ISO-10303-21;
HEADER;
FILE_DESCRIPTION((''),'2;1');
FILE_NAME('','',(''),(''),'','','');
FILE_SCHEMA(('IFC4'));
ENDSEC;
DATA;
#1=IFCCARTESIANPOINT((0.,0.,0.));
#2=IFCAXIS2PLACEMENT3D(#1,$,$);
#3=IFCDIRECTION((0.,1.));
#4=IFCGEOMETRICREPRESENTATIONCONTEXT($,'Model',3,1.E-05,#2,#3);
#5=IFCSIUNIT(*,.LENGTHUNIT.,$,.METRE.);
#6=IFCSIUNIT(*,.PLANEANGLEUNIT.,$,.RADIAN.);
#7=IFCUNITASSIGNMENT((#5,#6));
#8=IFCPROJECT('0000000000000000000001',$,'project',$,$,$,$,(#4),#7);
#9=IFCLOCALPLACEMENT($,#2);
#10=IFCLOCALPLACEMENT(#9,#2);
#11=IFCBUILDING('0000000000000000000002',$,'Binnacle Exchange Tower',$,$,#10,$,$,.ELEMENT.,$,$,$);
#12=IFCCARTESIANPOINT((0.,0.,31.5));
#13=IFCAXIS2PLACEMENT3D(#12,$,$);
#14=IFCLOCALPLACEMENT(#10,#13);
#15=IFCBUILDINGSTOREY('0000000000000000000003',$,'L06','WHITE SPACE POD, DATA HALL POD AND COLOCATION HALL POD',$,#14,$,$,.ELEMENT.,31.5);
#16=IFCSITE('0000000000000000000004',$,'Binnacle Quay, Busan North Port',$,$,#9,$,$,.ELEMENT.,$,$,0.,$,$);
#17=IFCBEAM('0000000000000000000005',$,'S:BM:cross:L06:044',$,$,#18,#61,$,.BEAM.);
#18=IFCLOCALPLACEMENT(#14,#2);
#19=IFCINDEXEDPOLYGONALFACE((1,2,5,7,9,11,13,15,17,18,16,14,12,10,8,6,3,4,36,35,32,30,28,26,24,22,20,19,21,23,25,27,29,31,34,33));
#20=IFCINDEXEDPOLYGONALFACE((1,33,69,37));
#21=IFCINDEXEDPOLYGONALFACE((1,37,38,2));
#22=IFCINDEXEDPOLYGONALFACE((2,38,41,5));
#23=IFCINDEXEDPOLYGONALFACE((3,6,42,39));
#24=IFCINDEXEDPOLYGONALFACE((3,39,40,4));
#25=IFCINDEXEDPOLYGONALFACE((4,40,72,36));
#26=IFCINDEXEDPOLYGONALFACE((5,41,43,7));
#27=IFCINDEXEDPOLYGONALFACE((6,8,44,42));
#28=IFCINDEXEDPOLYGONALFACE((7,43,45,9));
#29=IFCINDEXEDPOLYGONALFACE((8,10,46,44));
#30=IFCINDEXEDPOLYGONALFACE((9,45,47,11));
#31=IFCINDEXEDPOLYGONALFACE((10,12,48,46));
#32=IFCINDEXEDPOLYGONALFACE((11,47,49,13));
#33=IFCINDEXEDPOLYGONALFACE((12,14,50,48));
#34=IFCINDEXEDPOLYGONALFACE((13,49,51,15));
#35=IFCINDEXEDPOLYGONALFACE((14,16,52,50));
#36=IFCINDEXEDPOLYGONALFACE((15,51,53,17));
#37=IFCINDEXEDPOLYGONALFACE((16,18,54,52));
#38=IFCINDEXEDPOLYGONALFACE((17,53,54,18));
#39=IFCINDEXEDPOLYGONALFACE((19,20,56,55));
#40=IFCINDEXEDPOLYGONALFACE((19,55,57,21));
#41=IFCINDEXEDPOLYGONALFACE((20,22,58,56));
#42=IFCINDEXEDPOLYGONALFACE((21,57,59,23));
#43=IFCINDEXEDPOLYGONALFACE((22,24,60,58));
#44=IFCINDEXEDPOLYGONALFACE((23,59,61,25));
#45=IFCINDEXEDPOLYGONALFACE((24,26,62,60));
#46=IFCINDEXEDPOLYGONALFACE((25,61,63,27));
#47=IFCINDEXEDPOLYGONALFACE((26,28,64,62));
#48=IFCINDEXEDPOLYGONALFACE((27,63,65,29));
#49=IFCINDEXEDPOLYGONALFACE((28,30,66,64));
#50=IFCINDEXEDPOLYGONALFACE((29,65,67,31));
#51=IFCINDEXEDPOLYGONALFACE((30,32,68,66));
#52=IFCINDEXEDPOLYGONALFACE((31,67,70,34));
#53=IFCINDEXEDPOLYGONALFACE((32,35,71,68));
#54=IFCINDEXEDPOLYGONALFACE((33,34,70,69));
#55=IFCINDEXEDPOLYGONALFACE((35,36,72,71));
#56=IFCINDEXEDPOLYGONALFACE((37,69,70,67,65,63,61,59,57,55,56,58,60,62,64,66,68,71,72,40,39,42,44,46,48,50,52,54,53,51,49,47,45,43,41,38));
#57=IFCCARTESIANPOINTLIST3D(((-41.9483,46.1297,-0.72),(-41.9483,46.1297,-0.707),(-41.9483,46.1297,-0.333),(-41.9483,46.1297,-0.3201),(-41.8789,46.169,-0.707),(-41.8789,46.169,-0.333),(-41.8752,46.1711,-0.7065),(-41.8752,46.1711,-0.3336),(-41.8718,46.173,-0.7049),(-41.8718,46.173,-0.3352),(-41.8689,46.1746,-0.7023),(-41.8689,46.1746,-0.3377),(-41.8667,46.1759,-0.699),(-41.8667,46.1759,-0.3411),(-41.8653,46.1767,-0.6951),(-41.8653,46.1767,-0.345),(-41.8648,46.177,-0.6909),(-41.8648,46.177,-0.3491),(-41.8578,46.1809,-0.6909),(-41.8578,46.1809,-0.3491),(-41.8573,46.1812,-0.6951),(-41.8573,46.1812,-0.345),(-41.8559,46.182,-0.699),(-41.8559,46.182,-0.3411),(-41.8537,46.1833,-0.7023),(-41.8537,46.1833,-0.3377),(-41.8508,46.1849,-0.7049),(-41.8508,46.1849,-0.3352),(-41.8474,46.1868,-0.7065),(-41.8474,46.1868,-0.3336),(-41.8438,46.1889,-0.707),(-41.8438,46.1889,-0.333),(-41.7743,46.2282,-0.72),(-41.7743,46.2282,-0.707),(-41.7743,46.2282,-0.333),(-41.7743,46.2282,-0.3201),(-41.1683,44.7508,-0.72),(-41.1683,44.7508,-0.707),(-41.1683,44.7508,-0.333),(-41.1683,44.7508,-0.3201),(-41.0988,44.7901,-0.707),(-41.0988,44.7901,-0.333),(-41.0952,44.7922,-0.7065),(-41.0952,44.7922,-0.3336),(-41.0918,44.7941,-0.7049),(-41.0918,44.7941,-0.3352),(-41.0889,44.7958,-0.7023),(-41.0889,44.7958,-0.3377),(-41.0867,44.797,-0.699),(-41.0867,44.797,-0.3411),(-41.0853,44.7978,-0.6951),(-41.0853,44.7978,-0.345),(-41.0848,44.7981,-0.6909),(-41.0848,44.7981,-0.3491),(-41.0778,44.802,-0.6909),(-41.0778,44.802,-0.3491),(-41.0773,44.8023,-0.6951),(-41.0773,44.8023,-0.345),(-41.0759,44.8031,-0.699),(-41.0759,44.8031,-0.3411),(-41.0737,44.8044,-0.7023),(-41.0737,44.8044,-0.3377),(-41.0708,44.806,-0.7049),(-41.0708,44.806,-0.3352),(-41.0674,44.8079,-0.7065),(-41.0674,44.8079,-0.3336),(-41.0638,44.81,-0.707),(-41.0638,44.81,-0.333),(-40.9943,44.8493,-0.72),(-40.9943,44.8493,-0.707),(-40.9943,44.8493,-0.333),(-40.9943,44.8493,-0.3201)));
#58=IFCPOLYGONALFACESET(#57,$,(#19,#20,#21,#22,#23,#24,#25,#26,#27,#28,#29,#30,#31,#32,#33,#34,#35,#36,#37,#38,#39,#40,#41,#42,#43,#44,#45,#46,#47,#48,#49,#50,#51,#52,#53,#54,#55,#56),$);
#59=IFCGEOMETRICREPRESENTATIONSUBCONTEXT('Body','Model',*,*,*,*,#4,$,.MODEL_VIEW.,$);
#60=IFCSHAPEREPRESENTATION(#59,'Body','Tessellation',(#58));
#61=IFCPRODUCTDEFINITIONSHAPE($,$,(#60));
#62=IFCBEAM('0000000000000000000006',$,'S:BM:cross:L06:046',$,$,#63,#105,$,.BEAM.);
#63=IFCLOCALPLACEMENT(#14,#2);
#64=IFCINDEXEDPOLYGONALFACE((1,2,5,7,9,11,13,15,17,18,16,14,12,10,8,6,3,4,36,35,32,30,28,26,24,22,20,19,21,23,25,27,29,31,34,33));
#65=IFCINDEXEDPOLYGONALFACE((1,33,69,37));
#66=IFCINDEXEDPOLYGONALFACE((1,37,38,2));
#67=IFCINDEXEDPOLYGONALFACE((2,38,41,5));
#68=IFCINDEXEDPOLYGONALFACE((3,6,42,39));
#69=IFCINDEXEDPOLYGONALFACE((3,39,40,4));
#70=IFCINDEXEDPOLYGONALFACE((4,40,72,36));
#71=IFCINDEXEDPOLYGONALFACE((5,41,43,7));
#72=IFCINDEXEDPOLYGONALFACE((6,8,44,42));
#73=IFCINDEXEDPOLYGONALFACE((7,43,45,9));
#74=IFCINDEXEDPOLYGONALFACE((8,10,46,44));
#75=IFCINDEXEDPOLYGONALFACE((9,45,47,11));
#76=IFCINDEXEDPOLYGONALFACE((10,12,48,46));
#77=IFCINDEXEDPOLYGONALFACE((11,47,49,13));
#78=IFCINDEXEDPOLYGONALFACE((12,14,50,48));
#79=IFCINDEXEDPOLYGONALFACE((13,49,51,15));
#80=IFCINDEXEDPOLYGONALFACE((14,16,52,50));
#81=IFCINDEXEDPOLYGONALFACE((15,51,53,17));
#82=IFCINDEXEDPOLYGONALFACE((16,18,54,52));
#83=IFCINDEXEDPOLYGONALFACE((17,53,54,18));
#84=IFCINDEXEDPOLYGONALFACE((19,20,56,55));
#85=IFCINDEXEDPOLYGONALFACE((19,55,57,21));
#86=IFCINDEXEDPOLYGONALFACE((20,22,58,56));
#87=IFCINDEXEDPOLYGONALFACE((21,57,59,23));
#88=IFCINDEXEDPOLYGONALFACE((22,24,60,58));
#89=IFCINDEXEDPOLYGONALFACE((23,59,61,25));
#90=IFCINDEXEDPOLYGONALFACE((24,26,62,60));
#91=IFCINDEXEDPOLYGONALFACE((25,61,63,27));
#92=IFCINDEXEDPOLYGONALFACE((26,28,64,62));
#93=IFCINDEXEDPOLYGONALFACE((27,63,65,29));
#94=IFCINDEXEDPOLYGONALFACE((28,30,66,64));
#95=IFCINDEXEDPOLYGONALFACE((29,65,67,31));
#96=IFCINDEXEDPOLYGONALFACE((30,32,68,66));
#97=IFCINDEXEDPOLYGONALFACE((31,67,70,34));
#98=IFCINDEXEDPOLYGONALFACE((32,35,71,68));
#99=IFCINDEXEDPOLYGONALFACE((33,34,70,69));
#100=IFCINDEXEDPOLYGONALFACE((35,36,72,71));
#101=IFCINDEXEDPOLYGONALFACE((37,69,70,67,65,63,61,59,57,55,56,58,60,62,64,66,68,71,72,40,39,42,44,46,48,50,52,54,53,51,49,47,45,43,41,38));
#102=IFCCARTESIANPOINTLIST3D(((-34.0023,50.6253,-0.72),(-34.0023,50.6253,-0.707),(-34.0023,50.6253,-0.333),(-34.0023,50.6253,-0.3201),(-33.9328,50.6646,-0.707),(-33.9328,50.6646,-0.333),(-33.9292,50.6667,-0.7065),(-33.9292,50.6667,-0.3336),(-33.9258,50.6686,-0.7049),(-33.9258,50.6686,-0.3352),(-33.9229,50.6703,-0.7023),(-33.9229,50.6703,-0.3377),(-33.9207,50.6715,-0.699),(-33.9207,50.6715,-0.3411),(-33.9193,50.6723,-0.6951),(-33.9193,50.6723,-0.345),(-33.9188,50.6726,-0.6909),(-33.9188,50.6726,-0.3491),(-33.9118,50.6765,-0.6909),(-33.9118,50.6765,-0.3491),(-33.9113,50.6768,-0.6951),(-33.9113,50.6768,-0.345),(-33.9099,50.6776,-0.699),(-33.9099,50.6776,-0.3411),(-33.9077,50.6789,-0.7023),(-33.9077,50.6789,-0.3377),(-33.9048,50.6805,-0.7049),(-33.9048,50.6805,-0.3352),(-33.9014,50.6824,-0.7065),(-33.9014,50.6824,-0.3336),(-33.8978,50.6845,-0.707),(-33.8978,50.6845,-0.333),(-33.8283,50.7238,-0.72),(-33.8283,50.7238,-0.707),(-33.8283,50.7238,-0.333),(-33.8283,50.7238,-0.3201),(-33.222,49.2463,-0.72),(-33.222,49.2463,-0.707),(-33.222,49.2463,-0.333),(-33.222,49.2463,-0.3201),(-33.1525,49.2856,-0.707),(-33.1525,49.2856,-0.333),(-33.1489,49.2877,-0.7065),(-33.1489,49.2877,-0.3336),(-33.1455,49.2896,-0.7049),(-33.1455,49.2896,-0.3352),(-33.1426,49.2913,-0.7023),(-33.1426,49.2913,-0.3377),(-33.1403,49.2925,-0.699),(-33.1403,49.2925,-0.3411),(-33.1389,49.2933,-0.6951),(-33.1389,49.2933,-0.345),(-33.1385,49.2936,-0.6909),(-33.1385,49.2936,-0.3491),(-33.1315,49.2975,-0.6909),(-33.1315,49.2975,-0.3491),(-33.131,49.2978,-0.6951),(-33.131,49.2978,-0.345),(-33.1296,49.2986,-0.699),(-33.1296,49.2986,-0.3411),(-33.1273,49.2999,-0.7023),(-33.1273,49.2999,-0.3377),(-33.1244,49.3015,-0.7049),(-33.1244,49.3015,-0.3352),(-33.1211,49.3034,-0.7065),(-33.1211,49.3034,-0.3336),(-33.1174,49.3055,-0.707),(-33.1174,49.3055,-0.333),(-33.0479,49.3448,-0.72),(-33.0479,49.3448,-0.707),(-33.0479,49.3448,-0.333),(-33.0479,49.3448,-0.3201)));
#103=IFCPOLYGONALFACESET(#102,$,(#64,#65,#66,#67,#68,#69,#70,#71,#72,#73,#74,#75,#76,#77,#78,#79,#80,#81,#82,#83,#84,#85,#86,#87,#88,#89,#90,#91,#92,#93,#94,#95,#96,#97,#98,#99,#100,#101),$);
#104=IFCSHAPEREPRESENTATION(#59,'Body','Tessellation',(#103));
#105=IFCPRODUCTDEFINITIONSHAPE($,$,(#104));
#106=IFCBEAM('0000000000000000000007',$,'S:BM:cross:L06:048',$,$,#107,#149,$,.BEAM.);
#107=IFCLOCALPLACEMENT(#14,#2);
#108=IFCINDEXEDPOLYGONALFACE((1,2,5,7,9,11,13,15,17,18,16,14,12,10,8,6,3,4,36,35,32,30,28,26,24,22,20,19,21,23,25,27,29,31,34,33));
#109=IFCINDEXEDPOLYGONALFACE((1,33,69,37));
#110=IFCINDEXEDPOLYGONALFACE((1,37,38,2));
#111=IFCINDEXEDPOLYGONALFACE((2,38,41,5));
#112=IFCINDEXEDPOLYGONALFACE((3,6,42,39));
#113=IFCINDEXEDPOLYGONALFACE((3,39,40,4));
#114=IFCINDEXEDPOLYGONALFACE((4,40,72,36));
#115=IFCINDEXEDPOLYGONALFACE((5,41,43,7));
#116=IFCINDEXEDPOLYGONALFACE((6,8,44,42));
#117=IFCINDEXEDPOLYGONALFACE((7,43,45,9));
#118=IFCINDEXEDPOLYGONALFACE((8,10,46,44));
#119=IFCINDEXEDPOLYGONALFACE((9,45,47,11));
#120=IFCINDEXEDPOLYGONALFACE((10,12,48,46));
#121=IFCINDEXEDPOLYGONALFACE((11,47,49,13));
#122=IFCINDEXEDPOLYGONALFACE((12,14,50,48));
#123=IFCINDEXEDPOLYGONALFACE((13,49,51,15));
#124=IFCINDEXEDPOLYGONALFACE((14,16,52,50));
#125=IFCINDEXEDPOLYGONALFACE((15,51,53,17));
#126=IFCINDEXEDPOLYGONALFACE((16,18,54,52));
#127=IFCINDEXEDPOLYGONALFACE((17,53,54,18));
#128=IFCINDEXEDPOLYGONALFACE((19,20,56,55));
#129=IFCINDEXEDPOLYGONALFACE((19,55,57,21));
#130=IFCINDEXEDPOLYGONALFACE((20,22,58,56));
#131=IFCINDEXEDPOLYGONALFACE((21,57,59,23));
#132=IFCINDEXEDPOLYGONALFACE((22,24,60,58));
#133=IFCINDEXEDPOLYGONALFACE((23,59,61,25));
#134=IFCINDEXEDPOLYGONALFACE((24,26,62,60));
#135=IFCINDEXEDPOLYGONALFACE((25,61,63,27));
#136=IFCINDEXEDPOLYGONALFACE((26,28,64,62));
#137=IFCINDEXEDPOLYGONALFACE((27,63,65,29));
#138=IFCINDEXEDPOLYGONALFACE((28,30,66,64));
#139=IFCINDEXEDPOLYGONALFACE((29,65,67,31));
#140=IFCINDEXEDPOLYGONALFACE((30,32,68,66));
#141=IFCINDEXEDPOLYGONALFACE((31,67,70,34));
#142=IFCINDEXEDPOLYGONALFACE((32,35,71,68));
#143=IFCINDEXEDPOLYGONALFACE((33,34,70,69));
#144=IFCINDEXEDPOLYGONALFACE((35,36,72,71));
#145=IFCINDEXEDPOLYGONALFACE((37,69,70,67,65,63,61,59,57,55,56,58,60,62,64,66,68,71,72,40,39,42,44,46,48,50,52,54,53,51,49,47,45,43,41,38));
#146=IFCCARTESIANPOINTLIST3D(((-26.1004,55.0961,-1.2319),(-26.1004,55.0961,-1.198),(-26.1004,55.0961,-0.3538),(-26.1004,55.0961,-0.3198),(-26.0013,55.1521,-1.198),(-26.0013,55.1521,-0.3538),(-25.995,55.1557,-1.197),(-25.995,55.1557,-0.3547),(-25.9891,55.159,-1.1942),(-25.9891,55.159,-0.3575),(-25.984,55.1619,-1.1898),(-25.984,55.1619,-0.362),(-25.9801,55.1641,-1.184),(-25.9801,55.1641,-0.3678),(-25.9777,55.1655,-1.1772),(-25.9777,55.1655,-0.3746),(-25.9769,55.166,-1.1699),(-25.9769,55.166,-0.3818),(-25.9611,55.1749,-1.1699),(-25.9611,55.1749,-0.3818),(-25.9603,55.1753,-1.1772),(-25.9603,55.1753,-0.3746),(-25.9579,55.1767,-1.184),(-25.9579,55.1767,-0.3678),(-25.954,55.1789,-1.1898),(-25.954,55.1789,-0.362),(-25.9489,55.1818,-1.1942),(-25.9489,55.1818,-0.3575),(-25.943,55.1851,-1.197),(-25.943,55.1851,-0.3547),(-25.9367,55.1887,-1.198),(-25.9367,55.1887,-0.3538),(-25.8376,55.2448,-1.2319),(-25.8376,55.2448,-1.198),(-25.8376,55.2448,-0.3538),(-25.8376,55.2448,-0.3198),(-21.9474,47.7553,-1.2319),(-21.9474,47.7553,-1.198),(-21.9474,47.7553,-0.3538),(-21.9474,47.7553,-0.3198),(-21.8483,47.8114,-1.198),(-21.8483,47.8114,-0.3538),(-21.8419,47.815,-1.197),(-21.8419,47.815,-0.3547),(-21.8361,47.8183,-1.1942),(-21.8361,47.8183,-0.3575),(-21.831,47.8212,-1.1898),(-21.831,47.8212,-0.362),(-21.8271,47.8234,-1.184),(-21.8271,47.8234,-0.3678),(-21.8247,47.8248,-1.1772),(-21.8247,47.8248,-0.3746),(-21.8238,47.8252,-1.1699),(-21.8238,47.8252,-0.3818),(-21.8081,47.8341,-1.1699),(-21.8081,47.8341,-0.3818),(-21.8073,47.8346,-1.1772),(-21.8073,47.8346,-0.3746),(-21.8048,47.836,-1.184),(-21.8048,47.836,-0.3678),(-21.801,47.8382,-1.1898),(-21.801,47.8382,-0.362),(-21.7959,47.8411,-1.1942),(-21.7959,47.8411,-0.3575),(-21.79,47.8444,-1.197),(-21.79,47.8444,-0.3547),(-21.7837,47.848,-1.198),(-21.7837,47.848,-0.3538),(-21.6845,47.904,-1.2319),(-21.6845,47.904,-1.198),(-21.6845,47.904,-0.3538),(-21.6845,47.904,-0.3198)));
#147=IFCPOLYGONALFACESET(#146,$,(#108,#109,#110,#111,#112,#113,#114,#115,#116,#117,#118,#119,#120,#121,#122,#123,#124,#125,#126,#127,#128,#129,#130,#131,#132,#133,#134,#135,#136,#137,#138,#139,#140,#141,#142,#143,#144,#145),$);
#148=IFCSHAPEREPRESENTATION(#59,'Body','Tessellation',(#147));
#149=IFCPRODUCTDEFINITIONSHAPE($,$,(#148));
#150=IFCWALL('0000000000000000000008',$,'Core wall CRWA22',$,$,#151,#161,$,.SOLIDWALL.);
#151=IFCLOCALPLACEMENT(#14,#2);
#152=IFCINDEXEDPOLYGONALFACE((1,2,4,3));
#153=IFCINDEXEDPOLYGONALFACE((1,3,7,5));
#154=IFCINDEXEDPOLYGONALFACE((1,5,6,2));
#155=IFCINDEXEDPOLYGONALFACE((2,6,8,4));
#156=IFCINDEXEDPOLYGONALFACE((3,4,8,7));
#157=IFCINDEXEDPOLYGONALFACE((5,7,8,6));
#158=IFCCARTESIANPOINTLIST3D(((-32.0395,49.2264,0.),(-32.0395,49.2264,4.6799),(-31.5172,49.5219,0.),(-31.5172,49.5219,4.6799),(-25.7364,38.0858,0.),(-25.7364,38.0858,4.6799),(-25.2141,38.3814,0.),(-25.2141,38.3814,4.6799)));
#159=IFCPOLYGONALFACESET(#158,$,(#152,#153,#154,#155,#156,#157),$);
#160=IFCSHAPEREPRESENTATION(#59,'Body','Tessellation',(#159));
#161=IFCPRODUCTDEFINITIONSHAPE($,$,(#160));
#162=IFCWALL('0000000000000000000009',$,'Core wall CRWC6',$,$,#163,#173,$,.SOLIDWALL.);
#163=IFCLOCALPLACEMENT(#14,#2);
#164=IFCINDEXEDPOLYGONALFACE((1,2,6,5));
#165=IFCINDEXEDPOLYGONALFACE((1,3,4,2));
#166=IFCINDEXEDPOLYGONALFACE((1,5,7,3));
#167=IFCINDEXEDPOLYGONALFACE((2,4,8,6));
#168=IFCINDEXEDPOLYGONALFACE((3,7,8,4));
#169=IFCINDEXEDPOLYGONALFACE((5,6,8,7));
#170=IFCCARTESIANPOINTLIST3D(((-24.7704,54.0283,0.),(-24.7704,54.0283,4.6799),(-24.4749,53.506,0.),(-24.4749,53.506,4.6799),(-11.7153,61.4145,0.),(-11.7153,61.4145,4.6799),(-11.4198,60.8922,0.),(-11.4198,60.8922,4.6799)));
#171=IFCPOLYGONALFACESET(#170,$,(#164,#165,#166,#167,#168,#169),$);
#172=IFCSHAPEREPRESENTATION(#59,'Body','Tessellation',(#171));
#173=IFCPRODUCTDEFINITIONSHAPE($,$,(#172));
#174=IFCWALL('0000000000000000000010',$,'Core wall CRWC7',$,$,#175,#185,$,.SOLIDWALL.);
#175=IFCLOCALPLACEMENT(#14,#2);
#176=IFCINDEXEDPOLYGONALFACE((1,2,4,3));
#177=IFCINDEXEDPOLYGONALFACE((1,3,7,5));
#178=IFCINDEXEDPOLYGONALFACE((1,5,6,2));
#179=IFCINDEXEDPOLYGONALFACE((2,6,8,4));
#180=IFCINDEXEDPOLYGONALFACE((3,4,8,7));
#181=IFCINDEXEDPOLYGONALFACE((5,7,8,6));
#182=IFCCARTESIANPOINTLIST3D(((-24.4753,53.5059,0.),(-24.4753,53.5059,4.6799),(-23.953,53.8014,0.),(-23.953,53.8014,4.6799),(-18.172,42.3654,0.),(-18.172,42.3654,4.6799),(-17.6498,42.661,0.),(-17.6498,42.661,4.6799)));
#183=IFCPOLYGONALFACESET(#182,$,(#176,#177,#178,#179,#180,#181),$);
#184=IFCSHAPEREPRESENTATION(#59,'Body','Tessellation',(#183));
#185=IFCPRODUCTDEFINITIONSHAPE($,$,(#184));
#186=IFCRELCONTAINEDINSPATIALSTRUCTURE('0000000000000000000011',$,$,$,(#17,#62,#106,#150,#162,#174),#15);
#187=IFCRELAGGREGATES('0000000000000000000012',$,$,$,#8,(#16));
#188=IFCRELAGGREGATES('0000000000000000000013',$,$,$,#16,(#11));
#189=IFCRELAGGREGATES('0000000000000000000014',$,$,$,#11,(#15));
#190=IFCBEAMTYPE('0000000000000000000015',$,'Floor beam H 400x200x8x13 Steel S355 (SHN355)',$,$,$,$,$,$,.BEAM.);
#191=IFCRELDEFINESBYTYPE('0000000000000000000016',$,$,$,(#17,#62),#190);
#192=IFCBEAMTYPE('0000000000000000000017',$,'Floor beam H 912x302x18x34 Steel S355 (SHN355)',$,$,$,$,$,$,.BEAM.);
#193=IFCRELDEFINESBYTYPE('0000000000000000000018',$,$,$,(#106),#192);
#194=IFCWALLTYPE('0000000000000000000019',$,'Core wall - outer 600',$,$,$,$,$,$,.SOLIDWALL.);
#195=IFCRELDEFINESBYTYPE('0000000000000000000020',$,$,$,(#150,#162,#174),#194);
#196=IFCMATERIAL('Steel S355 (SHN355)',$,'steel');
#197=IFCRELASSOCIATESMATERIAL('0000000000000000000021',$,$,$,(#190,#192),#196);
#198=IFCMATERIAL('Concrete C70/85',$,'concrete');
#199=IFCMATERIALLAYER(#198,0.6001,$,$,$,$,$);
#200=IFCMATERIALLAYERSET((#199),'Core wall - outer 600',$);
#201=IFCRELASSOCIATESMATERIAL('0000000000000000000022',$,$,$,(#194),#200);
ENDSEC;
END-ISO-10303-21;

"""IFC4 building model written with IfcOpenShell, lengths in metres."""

from ifc_helpers import new_model, si_unit, direction, frame, frame_2d, origin, origin_2d, place, context, subcontext, project, spatial, rectangle, i_section, extrude, material, layer, layer_set, material_profile, profile_set, type_object, element, save


model = new_model("IFC4")

# Units and contexts
model_context = context("Model", 3, precision=1e-05, world=origin(), true_north=direction((0.0, 1.0)))
body_context = subcontext(model_context, "Body", "Model", "MODEL_VIEW")
ifc_project = project(units=[si_unit("LENGTHUNIT", "METRE"), si_unit("PLANEANGLEUNIT", "RADIAN")], contexts=[model_context])

# Site, building, storey
site_placement = place(None, origin())
site = spatial("IfcSite", under=ifc_project, at=site_placement, Name="Binnacle Quay, Busan North Port", CompositionType="ELEMENT", RefElevation=0.0)
building_placement = place(site_placement, origin())
building = spatial("IfcBuilding", under=site, at=building_placement, Name="Binnacle Exchange Tower", CompositionType="ELEMENT")
storey_placement = place(building_placement, frame((0.0, 0.0, 31.5)))
storey = spatial("IfcBuildingStorey", under=building, at=storey_placement, Name="L06", Description="WHITE SPACE POD, DATA HALL POD AND COLOCATION HALL POD", CompositionType="ELEMENT", Elevation=31.5)

# Shared definitions
ifc_material_1 = material(Name="Concrete C70/85", Category="concrete")

# Beams
ifc_material_2 = material(Name="Steel S355 (SHN355)", Category="steel")
ifc_material_profile_1 = material_profile(ifc_material_2, i_section(OverallWidth=0.2, OverallDepth=0.3999, WebThickness=0.0081, FlangeThickness=0.0129, FilletRadius=0.0161, at=origin_2d()), Name="H 400x200x8x13")
ifc_profile_set_1 = profile_set([ifc_material_profile_1], Name="Steel S355 (SHN355)")
beam_type_1 = type_object("IfcBeamType", Name="Floor beam H 400x200x8x13 Steel S355 (SHN355)", PredefinedType="BEAM", material=ifc_profile_set_1)
beam_1_placement = place(storey_placement, frame((-41.8613, 46.179, -0.52), z_axis=(0.492367, -0.870388, 0.0), x_axis=(0.870388, 0.492367, 0.0)))
element("IfcBeam", 1, at=beam_1_placement, inside=storey, type_object=beam_type_1, Name="S:BM:cross:L06:044", PredefinedType="BEAM", context=body_context, shape_type="SweptSolid", body=[
    extrude(i_section(OverallWidth=0.2, OverallDepth=0.3999, WebThickness=0.0081, FlangeThickness=0.0129, FilletRadius=0.0161, at=origin_2d()), origin(), (0.0, 0.0, 1.0), 1.5842),
])
beam_2_placement = place(storey_placement, frame((-33.9153, 50.6746, -0.52), z_axis=(0.492484, -0.870322, 0.0), x_axis=(0.870322, 0.492484, 0.0)))
element("IfcBeam", 2, at=beam_2_placement, inside=storey, type_object=beam_type_1, Name="S:BM:cross:L06:046", PredefinedType="BEAM", context=body_context, shape_type="SweptSolid", body=[
    extrude(i_section(OverallWidth=0.2, OverallDepth=0.3999, WebThickness=0.0081, FlangeThickness=0.0129, FilletRadius=0.0161, at=origin_2d()), origin(), (0.0, 0.0, 1.0), 1.5845),
])
ifc_material_profile_2 = material_profile(ifc_material_2, i_section(OverallWidth=0.302, OverallDepth=0.9121, WebThickness=0.0181, FlangeThickness=0.0339, FilletRadius=0.0281, at=origin_2d()), Name="H 912x302x18x34")
ifc_profile_set_2 = profile_set([ifc_material_profile_2], Name="Steel S355 (SHN355)")
beam_type_2 = type_object("IfcBeamType", Name="Floor beam H 912x302x18x34 Steel S355 (SHN355)", PredefinedType="BEAM", material=ifc_profile_set_2)
beam_3_placement = place(storey_placement, frame((-25.969, 55.1704, -0.7759), z_axis=(0.492409, -0.870364, 0.0), x_axis=(0.870364, 0.492409, 0.0)))
element("IfcBeam", 3, at=beam_3_placement, inside=storey, type_object=beam_type_2, Name="S:BM:cross:L06:048", PredefinedType="BEAM", context=body_context, shape_type="SweptSolid", body=[
    extrude(i_section(OverallWidth=0.302, OverallDepth=0.9121, WebThickness=0.0181, FlangeThickness=0.0339, FilletRadius=0.0281, at=origin_2d()), origin(), (0.0, 0.0, 1.0), 8.4341),
])

# Walls
ifc_layer_1 = layer(ifc_material_1, 0.6001)
ifc_layer_set_1 = layer_set([ifc_layer_1], Name="Core wall - outer 600")
wall_type_1 = type_object("IfcWallType", Name="Core wall - outer 600", PredefinedType="SOLIDWALL", material=ifc_layer_set_1)
wall_1_placement = place(storey_placement, frame((-31.7783, 49.374, 0.0), z_axis=(0.0, 0.0, 1.0), x_axis=(0.492433, -0.87035, 0.0)))
element("IfcWall", 4, at=wall_1_placement, inside=storey, type_object=wall_type_1, Name="Core wall CRWA22", PredefinedType="SOLIDWALL", context=body_context, shape_type="SweptSolid", body=[
    extrude(rectangle(XDim=12.8, YDim=0.6001, at=frame_2d((6.3999, 0.0))), origin(), (0.0, 0.0, 1.0), 4.6799),
])
wall_2_placement = place(storey_placement, frame((-24.6228, 53.7671, 0.0), z_axis=(0.0, 0.0, 1.0), x_axis=(0.870357, 0.492422, 0.0)))
element("IfcWall", 5, at=wall_2_placement, inside=storey, type_object=wall_type_1, Name="Core wall CRWC6", PredefinedType="SOLIDWALL", context=body_context, shape_type="SweptSolid", body=[
    extrude(rectangle(XDim=14.9998, YDim=0.6001, at=frame_2d((7.5, 0.0))), origin(), (0.0, 0.0, 1.0), 4.6799),
])
wall_3_placement = place(storey_placement, frame((-24.2141, 53.6536, 0.0), z_axis=(0.0, 0.0, 1.0), x_axis=(0.492441, -0.870346, 0.0)))
element("IfcWall", 6, at=wall_3_placement, inside=storey, type_object=wall_type_1, Name="Core wall CRWC7", PredefinedType="SOLIDWALL", context=body_context, shape_type="SweptSolid", body=[
    extrude(rectangle(XDim=12.8, YDim=0.6001, at=frame_2d((6.3999, 0.0))), origin(), (0.0, 0.0, 1.0), 4.6799),
])

save(model, "model.ifc")
